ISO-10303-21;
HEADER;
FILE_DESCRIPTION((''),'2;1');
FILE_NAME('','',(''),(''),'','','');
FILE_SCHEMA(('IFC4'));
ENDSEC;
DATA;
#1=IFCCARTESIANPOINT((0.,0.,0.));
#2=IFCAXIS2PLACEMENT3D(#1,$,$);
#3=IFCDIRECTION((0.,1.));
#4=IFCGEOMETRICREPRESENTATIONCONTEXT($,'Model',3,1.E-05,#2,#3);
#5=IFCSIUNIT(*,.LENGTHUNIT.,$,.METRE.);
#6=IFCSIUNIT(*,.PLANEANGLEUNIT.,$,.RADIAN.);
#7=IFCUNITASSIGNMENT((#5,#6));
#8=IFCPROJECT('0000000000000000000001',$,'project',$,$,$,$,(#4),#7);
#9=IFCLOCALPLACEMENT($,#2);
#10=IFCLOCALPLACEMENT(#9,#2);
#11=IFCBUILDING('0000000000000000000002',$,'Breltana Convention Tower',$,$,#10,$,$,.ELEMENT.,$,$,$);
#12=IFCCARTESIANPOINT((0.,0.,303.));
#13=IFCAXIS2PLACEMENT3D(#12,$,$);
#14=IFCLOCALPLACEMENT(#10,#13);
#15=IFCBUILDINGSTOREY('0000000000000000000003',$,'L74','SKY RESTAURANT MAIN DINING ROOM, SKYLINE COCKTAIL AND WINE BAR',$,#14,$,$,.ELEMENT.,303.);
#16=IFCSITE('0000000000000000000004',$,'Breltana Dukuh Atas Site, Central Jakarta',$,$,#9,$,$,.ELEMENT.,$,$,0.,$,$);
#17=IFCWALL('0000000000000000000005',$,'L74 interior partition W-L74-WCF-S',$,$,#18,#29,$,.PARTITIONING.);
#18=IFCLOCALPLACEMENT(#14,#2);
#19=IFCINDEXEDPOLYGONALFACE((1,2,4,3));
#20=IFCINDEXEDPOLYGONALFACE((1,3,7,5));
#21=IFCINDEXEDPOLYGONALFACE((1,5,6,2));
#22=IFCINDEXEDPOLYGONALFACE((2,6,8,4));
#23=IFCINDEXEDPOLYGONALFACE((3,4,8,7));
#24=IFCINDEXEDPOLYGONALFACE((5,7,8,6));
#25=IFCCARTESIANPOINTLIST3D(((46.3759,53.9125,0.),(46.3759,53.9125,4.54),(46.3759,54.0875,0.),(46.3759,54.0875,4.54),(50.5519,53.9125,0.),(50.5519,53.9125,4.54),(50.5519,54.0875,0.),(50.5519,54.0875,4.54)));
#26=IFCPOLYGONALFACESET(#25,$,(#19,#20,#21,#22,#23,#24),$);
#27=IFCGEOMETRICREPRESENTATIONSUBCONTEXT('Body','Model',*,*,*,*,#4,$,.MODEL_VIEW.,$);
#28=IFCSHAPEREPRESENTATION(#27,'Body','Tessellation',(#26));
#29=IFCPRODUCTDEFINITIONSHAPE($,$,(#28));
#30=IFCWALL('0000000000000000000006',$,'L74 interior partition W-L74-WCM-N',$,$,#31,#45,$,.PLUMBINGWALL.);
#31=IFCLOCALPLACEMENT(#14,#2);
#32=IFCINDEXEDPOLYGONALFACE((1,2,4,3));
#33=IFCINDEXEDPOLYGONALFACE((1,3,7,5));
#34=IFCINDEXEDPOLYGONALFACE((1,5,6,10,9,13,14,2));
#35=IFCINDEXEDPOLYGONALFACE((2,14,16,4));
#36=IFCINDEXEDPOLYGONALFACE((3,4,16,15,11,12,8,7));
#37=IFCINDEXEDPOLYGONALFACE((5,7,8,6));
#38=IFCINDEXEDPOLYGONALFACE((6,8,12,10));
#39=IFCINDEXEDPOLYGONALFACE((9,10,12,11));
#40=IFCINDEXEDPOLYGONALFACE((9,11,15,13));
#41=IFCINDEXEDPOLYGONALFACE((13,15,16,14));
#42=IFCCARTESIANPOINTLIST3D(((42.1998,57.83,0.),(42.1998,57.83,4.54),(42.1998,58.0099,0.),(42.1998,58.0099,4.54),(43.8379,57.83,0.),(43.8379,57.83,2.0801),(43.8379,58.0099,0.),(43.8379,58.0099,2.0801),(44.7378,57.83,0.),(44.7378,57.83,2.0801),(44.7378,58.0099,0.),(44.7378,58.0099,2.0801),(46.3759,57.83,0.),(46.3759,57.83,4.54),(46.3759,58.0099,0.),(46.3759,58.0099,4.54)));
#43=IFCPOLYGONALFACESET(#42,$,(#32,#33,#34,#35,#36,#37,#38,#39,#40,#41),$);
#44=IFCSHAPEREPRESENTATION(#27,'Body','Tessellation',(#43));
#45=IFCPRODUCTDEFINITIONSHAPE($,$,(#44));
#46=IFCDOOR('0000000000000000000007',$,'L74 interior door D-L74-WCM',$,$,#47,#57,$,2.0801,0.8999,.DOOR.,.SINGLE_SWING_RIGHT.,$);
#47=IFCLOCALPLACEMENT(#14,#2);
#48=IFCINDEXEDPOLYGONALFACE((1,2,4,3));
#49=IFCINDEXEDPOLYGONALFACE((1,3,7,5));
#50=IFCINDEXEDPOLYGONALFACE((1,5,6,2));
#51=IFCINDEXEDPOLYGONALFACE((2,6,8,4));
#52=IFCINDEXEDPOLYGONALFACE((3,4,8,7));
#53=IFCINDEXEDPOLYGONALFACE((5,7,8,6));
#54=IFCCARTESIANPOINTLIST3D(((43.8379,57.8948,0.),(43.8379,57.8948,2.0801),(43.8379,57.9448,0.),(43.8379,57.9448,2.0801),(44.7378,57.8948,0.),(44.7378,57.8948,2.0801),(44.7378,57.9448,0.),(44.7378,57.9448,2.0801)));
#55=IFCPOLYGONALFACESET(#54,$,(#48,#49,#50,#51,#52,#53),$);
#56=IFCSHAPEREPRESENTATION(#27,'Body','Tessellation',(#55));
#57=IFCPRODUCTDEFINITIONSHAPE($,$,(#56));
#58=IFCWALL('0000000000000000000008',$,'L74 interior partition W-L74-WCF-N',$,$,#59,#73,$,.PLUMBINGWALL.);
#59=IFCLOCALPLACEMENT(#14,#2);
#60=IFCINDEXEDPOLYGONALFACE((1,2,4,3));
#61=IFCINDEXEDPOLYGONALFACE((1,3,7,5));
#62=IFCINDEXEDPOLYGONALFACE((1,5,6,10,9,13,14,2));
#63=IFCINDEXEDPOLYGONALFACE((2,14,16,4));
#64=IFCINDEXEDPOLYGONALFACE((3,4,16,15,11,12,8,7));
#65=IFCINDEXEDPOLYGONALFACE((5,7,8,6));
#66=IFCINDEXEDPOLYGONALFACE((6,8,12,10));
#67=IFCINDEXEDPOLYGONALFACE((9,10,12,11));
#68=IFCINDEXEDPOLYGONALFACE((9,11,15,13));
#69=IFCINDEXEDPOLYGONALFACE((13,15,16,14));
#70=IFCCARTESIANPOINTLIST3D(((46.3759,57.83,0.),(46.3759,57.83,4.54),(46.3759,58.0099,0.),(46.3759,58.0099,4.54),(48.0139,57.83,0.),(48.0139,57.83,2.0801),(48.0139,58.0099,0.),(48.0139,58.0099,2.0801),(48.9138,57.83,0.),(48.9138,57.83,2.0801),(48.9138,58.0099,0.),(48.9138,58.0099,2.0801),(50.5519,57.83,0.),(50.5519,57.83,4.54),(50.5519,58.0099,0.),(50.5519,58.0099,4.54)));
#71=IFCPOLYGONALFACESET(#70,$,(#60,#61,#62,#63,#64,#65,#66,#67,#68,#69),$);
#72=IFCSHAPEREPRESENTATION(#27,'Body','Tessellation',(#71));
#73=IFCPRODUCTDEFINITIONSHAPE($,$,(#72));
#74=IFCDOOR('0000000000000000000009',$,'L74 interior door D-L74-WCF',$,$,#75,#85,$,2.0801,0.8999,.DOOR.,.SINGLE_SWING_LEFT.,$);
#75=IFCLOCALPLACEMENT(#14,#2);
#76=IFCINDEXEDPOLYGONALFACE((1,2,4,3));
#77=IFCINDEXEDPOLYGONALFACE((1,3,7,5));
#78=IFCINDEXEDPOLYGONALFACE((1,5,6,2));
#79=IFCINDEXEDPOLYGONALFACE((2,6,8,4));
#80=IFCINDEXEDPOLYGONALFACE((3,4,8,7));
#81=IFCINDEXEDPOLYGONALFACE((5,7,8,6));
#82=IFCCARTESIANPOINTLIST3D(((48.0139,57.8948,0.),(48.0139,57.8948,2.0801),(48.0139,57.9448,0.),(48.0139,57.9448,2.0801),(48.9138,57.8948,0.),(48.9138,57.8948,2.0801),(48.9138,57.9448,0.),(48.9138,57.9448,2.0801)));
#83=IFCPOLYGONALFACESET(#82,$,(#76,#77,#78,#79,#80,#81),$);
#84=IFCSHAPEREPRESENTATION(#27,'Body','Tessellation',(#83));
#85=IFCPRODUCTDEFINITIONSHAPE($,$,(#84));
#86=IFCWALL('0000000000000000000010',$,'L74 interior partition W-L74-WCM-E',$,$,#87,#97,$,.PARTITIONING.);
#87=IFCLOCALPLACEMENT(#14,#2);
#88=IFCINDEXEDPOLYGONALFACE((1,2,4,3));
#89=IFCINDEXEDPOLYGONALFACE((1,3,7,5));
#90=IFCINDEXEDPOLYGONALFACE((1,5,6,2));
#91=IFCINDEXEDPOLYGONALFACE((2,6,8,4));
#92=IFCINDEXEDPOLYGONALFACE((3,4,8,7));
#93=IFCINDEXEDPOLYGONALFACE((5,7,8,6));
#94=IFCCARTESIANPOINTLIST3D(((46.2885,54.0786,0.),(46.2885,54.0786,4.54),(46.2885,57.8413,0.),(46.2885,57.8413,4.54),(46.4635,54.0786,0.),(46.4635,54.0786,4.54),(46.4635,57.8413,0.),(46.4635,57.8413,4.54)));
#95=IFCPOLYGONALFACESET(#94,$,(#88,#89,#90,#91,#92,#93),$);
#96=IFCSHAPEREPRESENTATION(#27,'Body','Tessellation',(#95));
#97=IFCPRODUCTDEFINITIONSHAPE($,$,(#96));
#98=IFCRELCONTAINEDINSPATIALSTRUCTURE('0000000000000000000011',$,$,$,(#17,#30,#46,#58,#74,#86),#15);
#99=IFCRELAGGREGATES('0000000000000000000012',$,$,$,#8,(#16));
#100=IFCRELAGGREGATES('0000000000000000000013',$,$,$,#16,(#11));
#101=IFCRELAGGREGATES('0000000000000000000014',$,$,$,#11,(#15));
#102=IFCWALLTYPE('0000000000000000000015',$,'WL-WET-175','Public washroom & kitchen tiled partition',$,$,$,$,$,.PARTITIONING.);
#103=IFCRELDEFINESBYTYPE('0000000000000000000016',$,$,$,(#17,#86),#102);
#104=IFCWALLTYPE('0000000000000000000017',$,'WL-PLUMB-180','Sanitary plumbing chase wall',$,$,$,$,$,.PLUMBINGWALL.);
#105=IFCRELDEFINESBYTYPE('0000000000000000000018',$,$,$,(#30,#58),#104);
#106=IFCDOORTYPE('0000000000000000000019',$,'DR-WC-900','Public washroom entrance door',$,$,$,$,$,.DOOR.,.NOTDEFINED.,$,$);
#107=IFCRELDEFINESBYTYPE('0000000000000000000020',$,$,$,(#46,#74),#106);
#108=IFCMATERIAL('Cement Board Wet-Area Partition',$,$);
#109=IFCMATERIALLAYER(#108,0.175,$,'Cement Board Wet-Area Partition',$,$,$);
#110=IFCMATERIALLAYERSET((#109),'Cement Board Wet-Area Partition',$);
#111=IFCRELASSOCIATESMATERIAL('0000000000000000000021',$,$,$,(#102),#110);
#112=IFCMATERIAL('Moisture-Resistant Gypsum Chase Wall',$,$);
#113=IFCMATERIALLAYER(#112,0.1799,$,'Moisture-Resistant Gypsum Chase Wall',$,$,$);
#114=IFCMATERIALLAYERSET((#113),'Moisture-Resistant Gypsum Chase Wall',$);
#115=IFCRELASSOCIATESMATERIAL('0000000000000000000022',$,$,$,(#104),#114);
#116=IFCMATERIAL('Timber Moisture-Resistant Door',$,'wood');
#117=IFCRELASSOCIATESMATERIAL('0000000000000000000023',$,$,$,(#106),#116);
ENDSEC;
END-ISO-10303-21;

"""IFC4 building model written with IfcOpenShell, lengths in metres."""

from ifc_helpers import new_model, si_unit, direction, frame, frame_2d, origin, place, context, subcontext, project, spatial, rectangle, extrude, source, transform, mapped, material, layer, layer_set, type_object, type_shapes, element, fill, save


model = new_model("IFC4")

# Units and contexts
model_context = context("Model", 3, precision=1e-05, world=origin(), true_north=direction((0.0, 1.0)))
body_context = subcontext(model_context, "Body", "Model", "MODEL_VIEW")
ifc_project = project(units=[si_unit("LENGTHUNIT", "METRE"), si_unit("PLANEANGLEUNIT", "RADIAN")], contexts=[model_context])

# Site, building, storey
site_placement = place(None, origin())
site = spatial("IfcSite", under=ifc_project, at=site_placement, Name="Breltana Dukuh Atas Site, Central Jakarta", CompositionType="ELEMENT", RefElevation=0.0)
building_placement = place(site_placement, origin())
building = spatial("IfcBuilding", under=site, at=building_placement, Name="Breltana Convention Tower", CompositionType="ELEMENT")
storey_placement = place(building_placement, frame((0.0, 0.0, 303.0)))
storey = spatial("IfcBuildingStorey", under=building, at=storey_placement, Name="L74", Description="SKY RESTAURANT MAIN DINING ROOM, SKYLINE COCKTAIL AND WINE BAR", CompositionType="ELEMENT", Elevation=303.0)

# Wall
ifc_material_1 = material(Name="Cement Board Wet-Area Partition")
ifc_layer_1 = layer(ifc_material_1, 0.175, Name="Cement Board Wet-Area Partition")
ifc_layer_set_1 = layer_set([ifc_layer_1], Name="Cement Board Wet-Area Partition")
wall_type_1 = type_object("IfcWallType", Name="WL-WET-175", Description="Public washroom & kitchen tiled partition", PredefinedType="PARTITIONING", material=ifc_layer_set_1)
shared_shape_1 = source(origin(), body_context, "Body", "SweptSolid", [
    extrude(rectangle(XDim=4.176, YDim=0.175, at=frame_2d((2.0879, 0.0))), origin(), (0.0, 0.0, 1.0), 4.54),
])
wall_1_placement = place(storey_placement, frame((46.376, 54.0, 0.0), z_axis=(0.0, 0.0, 1.0), x_axis=(1.0, 0.0, 0.0)))
element("IfcWall", 1, at=wall_1_placement, inside=storey, type_object=wall_type_1, Name="L74 interior partition W-L74-WCF-S", PredefinedType="PARTITIONING", context=body_context, shape_type="MappedRepresentation", body=[
    mapped(shared_shape_1, transform((0.0, 0.0, 0.0), scale=1.0)),
])

# Walls, openings, doors
ifc_material_2 = material(Name="Moisture-Resistant Gypsum Chase Wall")
ifc_layer_2 = layer(ifc_material_2, 0.1799, Name="Moisture-Resistant Gypsum Chase Wall")
ifc_layer_set_2 = layer_set([ifc_layer_2], Name="Moisture-Resistant Gypsum Chase Wall")
wall_type_2 = type_object("IfcWallType", Name="WL-PLUMB-180", Description="Sanitary plumbing chase wall", PredefinedType="PLUMBINGWALL", material=ifc_layer_set_2)
shared_shape_2 = source(origin(), body_context, "Body", "SweptSolid", [
    extrude(rectangle(XDim=4.176, YDim=0.1799, at=frame_2d((2.0879, 0.0))), origin(), (0.0, 0.0, 1.0), 4.54),
])
wall_2_placement = place(storey_placement, frame((42.2, 57.9199, 0.0), z_axis=(0.0, 0.0, 1.0), x_axis=(1.0, 0.0, 0.0)))
wall_2 = element("IfcWall", 2, at=wall_2_placement, inside=storey, type_object=wall_type_2, Name="L74 interior partition W-L74-WCM-N", PredefinedType="PLUMBINGWALL", context=body_context, shape_type="MappedRepresentation", body=[
    mapped(shared_shape_2, transform((0.0, 0.0, 0.0), scale=1.0)),
])
opening_1_placement = place(wall_2_placement, frame((1.6379, 0.0, 0.0)))
opening_1 = element("IfcOpeningElement", 3, at=opening_1_placement, cuts=wall_2, PredefinedType="OPENING", context=body_context, shape_type="SweptSolid", body=[
    extrude(rectangle(XDim=0.8999, YDim=2.0801, at=frame_2d((0.45, 1.04))), frame((0.0, 0.1001, 0.0), z_axis=(0.0, -1.0, 0.0), x_axis=(1.0, 0.0, 0.0)), (0.0, 0.0, 1.0), 0.2),
])
ifc_material_3 = material(Name="Timber Moisture-Resistant Door", Category="wood")
door_type = type_object("IfcDoorType", Name="DR-WC-900", Description="Public washroom entrance door", OperationType="NOTDEFINED", PredefinedType="DOOR", material=ifc_material_3)
shared_shape_3 = source(origin(), body_context, "Body", "SweptSolid", [
    extrude(rectangle(XDim=0.8999, YDim=2.0801, at=frame_2d((0.45, 1.04))), frame((0.0, 0.0249, 0.0), z_axis=(0.0, -1.0, 0.0), x_axis=(1.0, 0.0, 0.0)), (0.0, 0.0, 1.0), 0.05),
])
type_shapes(door_type, [shared_shape_3])
door_1_placement = place(opening_1_placement, origin())
door_1 = element("IfcDoor", 4, at=door_1_placement, inside=storey, type_object=door_type, Name="L74 interior door D-L74-WCM", OperationType="SINGLE_SWING_RIGHT", OverallHeight=2.0801, OverallWidth=0.8999, PredefinedType="DOOR", context=body_context, shape_type="MappedRepresentation", body=[
    mapped(shared_shape_3, transform((0.0, 0.0, 0.0), scale=1.0)),
])
fill(opening_1, door_1)
wall_3_placement = place(storey_placement, frame((46.376, 57.9199, 0.0), z_axis=(0.0, 0.0, 1.0), x_axis=(1.0, 0.0, 0.0)))
wall_3 = element("IfcWall", 5, at=wall_3_placement, inside=storey, type_object=wall_type_2, Name="L74 interior partition W-L74-WCF-N", PredefinedType="PLUMBINGWALL", context=body_context, shape_type="MappedRepresentation", body=[
    mapped(shared_shape_2, transform((0.0, 0.0, 0.0), scale=1.0)),
])
opening_2_placement = place(wall_3_placement, frame((1.6379, 0.0, 0.0)))
opening_2 = element("IfcOpeningElement", 6, at=opening_2_placement, cuts=wall_3, PredefinedType="OPENING", context=body_context, shape_type="SweptSolid", body=[
    extrude(rectangle(XDim=0.8999, YDim=2.0801, at=frame_2d((0.45, 1.04))), frame((0.0, 0.1001, 0.0), z_axis=(0.0, -1.0, 0.0), x_axis=(1.0, 0.0, 0.0)), (0.0, 0.0, 1.0), 0.2),
])
door_2_placement = place(opening_2_placement, origin())
door_2 = element("IfcDoor", 7, at=door_2_placement, inside=storey, type_object=door_type, Name="L74 interior door D-L74-WCF", OperationType="SINGLE_SWING_LEFT", OverallHeight=2.0801, OverallWidth=0.8999, PredefinedType="DOOR", context=body_context, shape_type="MappedRepresentation", body=[
    mapped(shared_shape_3, transform((0.0, 0.0, 0.0), scale=1.0)),
])
fill(opening_2, door_2)

# Wall
shared_shape_4 = source(origin(), body_context, "Body", "SweptSolid", [
    extrude(rectangle(XDim=3.7627, YDim=0.175, at=frame_2d((1.8813, 0.0))), origin(), (0.0, 0.0, 1.0), 4.54),
])
wall_4_placement = place(storey_placement, frame((46.376, 54.0786, 0.0), z_axis=(0.0, 0.0, 1.0), x_axis=(0.0, 1.0, 0.0)))
element("IfcWall", 8, at=wall_4_placement, inside=storey, type_object=wall_type_1, Name="L74 interior partition W-L74-WCM-E", PredefinedType="PARTITIONING", context=body_context, shape_type="MappedRepresentation", body=[
    mapped(shared_shape_4, transform((0.0, 0.0, 0.0), scale=1.0)),
])

save(model, "model.ifc")
